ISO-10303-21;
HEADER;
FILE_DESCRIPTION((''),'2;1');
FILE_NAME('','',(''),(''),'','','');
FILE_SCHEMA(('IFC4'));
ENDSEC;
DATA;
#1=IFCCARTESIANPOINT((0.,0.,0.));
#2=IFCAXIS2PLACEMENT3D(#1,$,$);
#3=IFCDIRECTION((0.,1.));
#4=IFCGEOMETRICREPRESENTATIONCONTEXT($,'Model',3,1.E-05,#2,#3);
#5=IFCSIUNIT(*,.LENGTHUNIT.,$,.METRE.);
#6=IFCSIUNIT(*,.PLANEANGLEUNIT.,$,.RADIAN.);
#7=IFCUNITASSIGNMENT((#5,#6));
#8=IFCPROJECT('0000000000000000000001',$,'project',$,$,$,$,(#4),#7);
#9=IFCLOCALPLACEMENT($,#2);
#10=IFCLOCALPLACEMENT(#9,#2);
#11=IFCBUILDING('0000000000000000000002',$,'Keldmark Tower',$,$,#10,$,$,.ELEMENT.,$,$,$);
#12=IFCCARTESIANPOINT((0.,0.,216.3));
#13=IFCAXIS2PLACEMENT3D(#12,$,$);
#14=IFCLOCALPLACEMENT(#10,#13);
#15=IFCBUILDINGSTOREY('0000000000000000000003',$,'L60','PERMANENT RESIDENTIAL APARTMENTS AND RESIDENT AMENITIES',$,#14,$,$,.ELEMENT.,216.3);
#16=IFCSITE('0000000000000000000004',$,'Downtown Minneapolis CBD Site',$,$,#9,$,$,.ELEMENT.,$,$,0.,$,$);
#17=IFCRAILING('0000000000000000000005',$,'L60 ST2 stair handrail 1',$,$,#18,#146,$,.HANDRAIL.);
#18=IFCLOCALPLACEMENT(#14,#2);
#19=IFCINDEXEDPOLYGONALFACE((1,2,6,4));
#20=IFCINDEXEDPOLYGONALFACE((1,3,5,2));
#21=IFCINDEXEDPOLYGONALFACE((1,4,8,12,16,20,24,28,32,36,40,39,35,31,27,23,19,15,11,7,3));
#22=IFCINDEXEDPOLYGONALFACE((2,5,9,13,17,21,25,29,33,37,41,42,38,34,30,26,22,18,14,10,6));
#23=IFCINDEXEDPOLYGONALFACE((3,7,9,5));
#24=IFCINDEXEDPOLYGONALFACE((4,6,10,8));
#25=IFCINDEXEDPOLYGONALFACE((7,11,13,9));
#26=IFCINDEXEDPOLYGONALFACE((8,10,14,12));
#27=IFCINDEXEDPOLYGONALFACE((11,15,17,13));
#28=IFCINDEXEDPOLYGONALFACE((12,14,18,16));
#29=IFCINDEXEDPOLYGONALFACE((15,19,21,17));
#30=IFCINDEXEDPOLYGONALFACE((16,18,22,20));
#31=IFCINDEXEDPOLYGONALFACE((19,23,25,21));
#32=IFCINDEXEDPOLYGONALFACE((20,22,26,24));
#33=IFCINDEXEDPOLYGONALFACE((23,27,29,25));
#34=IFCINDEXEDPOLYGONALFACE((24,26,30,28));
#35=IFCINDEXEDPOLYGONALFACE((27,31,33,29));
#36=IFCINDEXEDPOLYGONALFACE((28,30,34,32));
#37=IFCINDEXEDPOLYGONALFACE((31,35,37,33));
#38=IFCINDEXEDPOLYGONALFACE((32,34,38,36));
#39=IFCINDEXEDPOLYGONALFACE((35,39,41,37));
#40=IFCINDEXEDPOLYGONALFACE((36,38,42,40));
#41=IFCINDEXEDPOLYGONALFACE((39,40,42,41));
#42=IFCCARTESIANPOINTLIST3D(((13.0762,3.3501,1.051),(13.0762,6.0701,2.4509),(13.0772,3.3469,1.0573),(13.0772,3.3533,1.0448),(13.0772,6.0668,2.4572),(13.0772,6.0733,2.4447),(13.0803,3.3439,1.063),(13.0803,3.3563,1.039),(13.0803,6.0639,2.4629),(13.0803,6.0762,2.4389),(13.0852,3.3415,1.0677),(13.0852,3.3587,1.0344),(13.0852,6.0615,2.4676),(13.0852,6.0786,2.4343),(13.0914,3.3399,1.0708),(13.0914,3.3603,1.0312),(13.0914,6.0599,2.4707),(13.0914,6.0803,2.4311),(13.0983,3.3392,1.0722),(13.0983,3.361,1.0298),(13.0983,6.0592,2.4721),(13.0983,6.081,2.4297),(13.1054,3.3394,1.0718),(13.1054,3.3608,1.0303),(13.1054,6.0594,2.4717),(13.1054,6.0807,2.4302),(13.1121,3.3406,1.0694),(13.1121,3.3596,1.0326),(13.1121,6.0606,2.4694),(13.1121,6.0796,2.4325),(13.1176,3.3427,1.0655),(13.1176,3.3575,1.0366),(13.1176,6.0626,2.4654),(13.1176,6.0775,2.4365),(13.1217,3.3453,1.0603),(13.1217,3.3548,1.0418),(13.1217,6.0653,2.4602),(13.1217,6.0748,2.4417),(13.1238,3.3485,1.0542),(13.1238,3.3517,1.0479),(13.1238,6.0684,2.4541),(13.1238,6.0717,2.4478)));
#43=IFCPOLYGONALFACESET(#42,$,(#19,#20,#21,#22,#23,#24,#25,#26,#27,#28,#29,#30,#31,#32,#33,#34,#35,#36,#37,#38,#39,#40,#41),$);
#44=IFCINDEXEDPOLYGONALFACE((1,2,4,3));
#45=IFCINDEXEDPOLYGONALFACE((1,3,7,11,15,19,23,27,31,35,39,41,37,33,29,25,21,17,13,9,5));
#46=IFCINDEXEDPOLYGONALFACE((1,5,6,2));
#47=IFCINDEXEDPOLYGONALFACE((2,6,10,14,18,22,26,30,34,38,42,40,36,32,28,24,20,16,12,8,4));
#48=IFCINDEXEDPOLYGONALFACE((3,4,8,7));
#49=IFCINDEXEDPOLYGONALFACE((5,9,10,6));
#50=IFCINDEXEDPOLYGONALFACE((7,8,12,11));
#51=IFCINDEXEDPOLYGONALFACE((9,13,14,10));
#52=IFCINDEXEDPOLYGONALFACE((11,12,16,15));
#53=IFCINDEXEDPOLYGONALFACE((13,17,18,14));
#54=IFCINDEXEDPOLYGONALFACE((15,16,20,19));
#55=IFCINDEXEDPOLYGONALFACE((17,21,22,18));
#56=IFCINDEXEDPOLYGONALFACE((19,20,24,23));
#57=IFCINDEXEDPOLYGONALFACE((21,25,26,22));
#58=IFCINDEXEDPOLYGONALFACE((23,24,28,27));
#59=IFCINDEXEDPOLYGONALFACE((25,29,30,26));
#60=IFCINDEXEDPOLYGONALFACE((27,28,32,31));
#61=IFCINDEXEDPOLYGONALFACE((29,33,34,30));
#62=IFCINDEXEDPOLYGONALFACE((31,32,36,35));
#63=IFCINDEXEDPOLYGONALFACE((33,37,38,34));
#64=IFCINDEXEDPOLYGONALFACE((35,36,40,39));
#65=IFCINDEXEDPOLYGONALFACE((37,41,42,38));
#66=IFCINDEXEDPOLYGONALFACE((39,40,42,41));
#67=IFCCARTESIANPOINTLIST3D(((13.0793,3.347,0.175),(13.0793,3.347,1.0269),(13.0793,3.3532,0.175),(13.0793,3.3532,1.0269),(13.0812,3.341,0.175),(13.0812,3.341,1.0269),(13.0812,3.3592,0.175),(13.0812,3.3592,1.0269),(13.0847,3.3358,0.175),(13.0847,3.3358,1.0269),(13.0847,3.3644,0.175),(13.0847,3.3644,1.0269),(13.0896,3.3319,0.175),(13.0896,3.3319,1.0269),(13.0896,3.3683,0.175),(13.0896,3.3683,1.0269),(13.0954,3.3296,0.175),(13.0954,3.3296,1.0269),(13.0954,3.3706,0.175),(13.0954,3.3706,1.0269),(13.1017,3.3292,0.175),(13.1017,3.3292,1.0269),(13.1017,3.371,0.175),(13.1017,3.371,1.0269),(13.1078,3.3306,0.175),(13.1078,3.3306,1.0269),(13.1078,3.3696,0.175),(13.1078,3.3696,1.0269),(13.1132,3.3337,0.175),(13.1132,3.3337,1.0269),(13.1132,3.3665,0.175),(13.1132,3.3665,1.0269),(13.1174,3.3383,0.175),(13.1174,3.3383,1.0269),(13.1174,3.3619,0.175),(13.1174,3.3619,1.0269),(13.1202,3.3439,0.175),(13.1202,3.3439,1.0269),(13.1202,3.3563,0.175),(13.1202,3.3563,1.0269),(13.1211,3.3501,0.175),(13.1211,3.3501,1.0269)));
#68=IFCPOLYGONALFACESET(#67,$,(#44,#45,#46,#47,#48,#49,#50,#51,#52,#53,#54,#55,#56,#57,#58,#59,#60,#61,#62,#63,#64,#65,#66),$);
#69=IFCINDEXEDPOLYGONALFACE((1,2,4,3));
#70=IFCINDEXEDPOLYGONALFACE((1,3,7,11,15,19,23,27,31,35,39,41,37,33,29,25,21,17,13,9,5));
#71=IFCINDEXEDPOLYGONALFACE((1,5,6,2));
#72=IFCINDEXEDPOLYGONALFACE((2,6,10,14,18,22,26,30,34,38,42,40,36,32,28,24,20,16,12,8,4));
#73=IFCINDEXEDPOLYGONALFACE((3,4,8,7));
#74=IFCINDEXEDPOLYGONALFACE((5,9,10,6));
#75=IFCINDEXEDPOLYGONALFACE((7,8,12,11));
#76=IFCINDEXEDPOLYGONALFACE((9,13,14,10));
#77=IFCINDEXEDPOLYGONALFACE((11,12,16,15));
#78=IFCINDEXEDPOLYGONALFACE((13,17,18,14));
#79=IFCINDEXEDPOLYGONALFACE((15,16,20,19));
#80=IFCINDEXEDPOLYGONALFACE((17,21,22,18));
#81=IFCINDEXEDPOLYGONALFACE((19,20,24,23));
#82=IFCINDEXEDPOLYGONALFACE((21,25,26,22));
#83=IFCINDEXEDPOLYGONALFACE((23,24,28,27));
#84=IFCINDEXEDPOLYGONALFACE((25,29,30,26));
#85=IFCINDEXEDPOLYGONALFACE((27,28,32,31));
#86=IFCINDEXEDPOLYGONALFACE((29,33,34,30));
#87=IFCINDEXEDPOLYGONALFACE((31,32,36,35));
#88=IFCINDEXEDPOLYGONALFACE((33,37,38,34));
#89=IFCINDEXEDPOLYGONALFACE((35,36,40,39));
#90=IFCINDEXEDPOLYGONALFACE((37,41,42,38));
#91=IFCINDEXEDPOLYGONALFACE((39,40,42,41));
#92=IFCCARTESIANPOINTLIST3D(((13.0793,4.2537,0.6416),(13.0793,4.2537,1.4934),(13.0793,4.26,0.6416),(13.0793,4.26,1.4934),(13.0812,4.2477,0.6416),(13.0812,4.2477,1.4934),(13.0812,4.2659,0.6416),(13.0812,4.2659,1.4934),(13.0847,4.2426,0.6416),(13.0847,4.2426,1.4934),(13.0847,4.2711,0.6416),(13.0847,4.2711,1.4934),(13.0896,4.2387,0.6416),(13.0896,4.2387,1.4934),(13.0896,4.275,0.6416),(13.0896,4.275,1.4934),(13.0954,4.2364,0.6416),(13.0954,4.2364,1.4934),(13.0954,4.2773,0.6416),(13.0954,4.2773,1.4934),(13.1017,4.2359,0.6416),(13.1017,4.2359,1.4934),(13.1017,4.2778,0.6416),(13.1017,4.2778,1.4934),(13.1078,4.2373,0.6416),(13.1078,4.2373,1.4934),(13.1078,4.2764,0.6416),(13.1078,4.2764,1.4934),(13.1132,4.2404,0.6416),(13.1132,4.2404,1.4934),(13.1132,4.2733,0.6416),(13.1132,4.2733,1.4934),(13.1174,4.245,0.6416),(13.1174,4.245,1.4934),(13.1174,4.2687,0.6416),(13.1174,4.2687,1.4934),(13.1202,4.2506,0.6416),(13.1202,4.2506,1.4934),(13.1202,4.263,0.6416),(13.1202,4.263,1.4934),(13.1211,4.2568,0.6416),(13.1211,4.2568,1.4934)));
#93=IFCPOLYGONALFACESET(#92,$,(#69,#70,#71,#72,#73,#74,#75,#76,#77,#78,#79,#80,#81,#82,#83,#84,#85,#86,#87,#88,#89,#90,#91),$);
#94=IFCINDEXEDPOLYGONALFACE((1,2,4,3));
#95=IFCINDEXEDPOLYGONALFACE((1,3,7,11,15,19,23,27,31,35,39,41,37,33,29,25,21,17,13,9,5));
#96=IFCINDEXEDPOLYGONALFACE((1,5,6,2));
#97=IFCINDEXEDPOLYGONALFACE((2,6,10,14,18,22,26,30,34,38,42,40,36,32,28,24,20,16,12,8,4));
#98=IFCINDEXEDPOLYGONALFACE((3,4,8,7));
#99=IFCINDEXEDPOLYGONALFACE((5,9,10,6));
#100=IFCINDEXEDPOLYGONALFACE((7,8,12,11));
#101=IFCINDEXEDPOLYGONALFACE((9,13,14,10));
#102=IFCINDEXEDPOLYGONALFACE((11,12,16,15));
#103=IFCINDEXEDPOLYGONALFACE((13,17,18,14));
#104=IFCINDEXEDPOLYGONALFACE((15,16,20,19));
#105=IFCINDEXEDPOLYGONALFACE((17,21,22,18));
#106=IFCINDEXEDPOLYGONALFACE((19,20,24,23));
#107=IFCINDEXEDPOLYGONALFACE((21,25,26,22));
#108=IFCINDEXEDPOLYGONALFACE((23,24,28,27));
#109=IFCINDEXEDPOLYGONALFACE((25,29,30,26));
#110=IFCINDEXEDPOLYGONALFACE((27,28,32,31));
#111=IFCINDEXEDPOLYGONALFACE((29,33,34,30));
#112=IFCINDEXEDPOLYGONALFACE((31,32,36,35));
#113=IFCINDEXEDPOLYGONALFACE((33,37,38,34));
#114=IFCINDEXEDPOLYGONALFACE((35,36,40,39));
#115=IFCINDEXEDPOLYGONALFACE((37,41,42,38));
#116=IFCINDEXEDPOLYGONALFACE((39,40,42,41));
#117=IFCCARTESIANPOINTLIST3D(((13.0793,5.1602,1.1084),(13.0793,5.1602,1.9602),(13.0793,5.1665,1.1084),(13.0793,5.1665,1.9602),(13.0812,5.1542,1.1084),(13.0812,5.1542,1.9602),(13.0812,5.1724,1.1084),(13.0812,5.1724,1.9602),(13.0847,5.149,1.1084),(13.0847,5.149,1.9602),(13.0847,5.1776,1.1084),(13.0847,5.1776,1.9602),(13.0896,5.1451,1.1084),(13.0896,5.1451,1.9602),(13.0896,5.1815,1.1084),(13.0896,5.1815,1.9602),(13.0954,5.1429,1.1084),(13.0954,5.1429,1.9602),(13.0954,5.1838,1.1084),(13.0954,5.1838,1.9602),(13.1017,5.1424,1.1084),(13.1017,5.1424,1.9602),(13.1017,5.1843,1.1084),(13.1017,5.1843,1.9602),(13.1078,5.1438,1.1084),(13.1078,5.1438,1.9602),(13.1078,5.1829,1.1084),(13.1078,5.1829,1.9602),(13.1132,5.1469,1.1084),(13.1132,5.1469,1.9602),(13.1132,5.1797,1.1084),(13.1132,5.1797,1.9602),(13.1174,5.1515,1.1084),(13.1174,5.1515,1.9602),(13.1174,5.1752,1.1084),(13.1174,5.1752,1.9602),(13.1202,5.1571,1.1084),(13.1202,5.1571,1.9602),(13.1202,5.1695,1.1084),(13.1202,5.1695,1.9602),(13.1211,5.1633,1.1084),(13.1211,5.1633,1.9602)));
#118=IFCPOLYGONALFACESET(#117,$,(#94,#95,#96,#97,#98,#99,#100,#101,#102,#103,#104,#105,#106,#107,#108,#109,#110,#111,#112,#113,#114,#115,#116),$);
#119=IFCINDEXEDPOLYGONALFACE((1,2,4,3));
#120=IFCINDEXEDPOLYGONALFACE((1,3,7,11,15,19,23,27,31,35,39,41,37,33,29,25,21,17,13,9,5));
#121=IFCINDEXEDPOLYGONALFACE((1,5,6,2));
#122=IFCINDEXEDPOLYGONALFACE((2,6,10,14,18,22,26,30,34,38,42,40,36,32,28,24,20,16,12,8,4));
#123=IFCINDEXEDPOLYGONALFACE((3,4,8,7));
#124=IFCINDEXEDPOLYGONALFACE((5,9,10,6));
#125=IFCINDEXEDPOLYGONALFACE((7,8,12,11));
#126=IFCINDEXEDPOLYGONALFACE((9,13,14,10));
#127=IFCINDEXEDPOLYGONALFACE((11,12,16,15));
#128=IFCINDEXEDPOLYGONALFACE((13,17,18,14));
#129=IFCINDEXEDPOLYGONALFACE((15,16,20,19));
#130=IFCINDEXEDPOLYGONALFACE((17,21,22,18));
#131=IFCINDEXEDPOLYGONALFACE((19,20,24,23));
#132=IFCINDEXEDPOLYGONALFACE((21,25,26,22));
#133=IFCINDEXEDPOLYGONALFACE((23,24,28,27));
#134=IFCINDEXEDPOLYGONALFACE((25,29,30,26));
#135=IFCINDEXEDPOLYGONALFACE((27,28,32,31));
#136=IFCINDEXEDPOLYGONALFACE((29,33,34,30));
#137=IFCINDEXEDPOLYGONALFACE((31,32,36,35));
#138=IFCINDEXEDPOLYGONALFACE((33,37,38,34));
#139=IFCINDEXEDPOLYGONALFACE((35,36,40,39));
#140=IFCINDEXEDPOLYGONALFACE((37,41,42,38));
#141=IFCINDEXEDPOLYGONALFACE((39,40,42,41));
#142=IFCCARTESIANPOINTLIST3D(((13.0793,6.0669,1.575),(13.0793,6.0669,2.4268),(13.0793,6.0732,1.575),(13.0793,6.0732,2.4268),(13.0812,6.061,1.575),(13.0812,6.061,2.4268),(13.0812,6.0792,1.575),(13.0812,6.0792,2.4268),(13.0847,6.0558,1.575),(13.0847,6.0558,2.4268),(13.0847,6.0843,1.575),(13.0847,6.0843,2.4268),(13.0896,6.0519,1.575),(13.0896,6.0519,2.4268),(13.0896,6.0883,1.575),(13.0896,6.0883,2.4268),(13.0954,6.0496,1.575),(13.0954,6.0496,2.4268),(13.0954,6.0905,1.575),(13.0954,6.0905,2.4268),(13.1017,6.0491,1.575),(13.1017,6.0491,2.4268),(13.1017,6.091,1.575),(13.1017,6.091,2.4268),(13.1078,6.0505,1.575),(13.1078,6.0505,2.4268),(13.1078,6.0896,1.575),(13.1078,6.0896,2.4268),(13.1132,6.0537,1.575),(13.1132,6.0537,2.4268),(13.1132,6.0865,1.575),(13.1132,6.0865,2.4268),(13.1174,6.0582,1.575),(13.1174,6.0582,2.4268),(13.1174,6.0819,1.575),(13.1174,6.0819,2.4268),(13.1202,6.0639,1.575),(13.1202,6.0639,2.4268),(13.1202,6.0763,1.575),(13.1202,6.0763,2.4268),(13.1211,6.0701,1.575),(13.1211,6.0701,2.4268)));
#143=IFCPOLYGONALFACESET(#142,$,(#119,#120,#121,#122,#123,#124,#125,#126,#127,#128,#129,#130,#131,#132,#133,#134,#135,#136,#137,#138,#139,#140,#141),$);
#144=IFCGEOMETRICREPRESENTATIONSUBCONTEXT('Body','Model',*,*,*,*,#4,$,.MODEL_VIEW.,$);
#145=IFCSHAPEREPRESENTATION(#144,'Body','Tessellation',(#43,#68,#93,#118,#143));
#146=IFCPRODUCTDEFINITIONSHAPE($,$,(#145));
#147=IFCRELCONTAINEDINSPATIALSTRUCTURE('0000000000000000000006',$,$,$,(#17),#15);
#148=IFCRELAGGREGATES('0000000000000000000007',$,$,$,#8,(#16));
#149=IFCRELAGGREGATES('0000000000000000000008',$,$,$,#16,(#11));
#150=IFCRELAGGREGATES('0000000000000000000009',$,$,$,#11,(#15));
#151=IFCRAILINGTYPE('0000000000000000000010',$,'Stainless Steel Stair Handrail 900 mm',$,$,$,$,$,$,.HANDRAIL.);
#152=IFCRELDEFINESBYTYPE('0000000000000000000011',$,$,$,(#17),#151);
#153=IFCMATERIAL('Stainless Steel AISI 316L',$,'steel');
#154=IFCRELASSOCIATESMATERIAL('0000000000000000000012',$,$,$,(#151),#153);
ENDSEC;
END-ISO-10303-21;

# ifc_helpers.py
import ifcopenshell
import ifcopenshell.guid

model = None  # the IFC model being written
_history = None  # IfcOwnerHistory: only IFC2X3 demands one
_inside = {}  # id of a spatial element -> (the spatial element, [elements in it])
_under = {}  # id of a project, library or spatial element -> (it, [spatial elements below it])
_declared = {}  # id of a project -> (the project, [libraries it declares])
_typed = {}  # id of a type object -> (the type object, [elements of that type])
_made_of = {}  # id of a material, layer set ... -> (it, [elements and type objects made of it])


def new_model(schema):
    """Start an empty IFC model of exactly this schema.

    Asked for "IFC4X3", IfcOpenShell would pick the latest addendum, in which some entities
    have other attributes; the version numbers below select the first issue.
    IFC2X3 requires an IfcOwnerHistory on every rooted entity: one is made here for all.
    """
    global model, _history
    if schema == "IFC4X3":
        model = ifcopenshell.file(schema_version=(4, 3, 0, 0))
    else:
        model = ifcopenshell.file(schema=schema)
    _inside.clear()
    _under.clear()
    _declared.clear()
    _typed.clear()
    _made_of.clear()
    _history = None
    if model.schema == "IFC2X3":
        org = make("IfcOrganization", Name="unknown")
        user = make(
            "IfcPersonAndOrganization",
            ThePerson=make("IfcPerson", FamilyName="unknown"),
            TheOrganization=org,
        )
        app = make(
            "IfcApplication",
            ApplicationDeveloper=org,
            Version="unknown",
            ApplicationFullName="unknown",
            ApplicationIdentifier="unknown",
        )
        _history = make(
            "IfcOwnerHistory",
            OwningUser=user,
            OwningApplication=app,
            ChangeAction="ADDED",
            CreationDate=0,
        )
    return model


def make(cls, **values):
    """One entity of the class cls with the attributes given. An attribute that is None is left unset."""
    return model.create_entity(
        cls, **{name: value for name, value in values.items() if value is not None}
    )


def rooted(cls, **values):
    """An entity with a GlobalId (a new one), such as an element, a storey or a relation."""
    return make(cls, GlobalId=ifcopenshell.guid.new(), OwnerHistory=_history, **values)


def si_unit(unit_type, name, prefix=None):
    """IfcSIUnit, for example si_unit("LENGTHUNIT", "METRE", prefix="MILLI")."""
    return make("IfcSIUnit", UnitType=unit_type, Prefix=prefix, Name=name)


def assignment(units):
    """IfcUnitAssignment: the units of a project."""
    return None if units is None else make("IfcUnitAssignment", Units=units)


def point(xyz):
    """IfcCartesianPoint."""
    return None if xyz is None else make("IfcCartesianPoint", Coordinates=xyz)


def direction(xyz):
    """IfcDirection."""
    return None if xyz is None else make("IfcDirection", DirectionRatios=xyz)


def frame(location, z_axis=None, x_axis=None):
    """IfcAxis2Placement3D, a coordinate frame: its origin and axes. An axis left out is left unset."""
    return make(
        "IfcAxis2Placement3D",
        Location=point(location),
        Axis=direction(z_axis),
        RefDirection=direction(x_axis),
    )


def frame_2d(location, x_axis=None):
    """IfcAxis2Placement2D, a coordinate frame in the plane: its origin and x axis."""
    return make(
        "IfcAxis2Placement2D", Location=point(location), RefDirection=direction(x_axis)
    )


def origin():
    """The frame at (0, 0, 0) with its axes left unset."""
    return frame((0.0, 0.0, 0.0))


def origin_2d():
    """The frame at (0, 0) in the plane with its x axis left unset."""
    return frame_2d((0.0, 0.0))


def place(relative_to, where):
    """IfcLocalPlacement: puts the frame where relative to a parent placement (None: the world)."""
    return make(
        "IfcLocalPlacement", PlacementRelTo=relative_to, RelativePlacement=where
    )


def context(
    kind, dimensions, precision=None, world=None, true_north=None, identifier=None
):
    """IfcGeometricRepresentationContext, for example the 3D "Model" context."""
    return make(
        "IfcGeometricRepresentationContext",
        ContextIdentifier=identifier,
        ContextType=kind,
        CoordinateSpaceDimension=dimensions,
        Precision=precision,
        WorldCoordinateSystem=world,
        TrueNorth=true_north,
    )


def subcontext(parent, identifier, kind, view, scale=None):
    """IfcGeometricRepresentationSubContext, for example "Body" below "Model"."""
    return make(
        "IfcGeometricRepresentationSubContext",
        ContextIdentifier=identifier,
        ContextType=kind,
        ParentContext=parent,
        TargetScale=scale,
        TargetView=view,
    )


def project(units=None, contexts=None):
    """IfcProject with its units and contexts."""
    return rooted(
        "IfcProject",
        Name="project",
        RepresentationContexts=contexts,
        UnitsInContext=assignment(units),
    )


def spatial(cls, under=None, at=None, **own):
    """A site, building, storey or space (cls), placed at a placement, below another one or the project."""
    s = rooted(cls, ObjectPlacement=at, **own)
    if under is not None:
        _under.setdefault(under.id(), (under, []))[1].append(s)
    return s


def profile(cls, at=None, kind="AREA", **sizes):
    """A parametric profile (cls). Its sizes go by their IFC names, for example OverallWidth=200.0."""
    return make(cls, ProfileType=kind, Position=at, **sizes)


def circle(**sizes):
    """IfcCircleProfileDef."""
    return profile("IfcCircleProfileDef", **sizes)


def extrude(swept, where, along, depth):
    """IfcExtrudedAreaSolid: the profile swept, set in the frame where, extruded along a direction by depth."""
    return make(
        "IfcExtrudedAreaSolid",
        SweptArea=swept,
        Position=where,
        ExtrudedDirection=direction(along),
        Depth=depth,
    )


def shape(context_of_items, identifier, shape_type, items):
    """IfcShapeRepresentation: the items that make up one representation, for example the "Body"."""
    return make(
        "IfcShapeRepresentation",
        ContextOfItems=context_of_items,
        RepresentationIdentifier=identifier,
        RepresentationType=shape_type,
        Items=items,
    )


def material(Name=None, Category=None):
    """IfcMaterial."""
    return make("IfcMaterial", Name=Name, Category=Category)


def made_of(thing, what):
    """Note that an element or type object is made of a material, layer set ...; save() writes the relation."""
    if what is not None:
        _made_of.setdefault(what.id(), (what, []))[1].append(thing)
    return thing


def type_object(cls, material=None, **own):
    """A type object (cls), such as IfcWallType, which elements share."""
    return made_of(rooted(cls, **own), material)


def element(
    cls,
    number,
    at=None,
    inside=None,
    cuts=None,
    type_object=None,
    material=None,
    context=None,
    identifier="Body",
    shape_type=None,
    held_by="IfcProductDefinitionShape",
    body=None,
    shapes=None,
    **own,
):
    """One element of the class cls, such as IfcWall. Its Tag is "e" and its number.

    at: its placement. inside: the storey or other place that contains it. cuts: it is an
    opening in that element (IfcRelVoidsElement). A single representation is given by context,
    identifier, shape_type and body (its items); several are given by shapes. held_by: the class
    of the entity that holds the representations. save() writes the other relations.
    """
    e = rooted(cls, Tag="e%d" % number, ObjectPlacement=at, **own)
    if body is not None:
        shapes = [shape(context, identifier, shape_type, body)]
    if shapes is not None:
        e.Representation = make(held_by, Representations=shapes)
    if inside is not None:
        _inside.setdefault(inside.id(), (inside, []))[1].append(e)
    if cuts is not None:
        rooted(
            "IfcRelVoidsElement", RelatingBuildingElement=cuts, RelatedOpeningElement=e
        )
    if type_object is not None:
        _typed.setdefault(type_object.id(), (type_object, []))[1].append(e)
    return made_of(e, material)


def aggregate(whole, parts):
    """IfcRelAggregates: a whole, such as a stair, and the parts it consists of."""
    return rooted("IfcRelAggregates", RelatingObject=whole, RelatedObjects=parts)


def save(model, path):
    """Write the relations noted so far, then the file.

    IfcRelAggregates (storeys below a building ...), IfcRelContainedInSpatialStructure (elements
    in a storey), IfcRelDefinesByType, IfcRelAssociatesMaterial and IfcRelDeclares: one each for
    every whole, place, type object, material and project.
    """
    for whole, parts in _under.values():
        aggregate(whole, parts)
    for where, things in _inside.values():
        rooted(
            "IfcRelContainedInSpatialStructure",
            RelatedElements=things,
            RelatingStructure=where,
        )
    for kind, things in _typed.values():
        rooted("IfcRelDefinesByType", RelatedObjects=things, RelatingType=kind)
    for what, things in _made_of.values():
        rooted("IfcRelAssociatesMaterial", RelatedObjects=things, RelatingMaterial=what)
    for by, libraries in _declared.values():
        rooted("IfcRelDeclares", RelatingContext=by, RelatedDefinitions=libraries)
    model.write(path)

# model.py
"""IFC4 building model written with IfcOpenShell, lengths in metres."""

from ifc_helpers import new_model, si_unit, direction, frame, origin, origin_2d, place, context, subcontext, project, spatial, circle, extrude, material, type_object, element, save


model = new_model("IFC4")

# Units and contexts
model_context = context("Model", 3, precision=1e-05, world=origin(), true_north=direction((0.0, 1.0)))
body_context = subcontext(model_context, "Body", "Model", "MODEL_VIEW")
ifc_project = project(units=[si_unit("LENGTHUNIT", "METRE"), si_unit("PLANEANGLEUNIT", "RADIAN")], contexts=[model_context])

# Site, building, storey
site_placement = place(None, origin())
site = spatial("IfcSite", under=ifc_project, at=site_placement, Name="Downtown Minneapolis CBD Site", CompositionType="ELEMENT", RefElevation=0.0)
building_placement = place(site_placement, origin())
building = spatial("IfcBuilding", under=site, at=building_placement, Name="Keldmark Tower", CompositionType="ELEMENT")
storey_placement = place(building_placement, frame((0.0, 0.0, 216.3)))
storey = spatial("IfcBuildingStorey", under=building, at=storey_placement, Name="L60", Description="PERMANENT RESIDENTIAL APARTMENTS AND RESIDENT AMENITIES", CompositionType="ELEMENT", Elevation=216.3)

# Railing
ifc_material_1 = material(Name="Stainless Steel AISI 316L", Category="steel")
railing_type_1 = type_object("IfcRailingType", Name="Stainless Steel Stair Handrail 900 mm", PredefinedType="HANDRAIL", material=ifc_material_1)
railing_1_placement = place(storey_placement, frame((13.1001, 3.3501, 0.175)))
element("IfcRailing", 1, at=railing_1_placement, inside=storey, type_object=railing_type_1, Name="L60 ST2 stair handrail 1", PredefinedType="HANDRAIL", context=body_context, shape_type="SweptSolid", body=[
    extrude(circle(Radius=0.0239, at=origin_2d()), frame((0.0, 0.0, 0.876), z_axis=(0.0, 0.889147, 0.457622), x_axis=(-1.0, 0.0, 0.0)), (0.0, 0.0, 1.0), 3.0591),
    extrude(circle(Radius=0.021, at=origin_2d()), origin(), (0.0, 0.0, 1.0), 0.8518),
    extrude(circle(Radius=0.021, at=origin_2d()), frame((0.0, 0.9067, 0.4666)), (0.0, 0.0, 1.0), 0.8518),
    extrude(circle(Radius=0.021, at=origin_2d()), frame((0.0, 1.8132, 0.9333)), (0.0, 0.0, 1.0), 0.8518),
    extrude(circle(Radius=0.021, at=origin_2d()), frame((0.0, 2.72, 1.3999)), (0.0, 0.0, 1.0), 0.8518),
])

save(model, "model.ifc")
